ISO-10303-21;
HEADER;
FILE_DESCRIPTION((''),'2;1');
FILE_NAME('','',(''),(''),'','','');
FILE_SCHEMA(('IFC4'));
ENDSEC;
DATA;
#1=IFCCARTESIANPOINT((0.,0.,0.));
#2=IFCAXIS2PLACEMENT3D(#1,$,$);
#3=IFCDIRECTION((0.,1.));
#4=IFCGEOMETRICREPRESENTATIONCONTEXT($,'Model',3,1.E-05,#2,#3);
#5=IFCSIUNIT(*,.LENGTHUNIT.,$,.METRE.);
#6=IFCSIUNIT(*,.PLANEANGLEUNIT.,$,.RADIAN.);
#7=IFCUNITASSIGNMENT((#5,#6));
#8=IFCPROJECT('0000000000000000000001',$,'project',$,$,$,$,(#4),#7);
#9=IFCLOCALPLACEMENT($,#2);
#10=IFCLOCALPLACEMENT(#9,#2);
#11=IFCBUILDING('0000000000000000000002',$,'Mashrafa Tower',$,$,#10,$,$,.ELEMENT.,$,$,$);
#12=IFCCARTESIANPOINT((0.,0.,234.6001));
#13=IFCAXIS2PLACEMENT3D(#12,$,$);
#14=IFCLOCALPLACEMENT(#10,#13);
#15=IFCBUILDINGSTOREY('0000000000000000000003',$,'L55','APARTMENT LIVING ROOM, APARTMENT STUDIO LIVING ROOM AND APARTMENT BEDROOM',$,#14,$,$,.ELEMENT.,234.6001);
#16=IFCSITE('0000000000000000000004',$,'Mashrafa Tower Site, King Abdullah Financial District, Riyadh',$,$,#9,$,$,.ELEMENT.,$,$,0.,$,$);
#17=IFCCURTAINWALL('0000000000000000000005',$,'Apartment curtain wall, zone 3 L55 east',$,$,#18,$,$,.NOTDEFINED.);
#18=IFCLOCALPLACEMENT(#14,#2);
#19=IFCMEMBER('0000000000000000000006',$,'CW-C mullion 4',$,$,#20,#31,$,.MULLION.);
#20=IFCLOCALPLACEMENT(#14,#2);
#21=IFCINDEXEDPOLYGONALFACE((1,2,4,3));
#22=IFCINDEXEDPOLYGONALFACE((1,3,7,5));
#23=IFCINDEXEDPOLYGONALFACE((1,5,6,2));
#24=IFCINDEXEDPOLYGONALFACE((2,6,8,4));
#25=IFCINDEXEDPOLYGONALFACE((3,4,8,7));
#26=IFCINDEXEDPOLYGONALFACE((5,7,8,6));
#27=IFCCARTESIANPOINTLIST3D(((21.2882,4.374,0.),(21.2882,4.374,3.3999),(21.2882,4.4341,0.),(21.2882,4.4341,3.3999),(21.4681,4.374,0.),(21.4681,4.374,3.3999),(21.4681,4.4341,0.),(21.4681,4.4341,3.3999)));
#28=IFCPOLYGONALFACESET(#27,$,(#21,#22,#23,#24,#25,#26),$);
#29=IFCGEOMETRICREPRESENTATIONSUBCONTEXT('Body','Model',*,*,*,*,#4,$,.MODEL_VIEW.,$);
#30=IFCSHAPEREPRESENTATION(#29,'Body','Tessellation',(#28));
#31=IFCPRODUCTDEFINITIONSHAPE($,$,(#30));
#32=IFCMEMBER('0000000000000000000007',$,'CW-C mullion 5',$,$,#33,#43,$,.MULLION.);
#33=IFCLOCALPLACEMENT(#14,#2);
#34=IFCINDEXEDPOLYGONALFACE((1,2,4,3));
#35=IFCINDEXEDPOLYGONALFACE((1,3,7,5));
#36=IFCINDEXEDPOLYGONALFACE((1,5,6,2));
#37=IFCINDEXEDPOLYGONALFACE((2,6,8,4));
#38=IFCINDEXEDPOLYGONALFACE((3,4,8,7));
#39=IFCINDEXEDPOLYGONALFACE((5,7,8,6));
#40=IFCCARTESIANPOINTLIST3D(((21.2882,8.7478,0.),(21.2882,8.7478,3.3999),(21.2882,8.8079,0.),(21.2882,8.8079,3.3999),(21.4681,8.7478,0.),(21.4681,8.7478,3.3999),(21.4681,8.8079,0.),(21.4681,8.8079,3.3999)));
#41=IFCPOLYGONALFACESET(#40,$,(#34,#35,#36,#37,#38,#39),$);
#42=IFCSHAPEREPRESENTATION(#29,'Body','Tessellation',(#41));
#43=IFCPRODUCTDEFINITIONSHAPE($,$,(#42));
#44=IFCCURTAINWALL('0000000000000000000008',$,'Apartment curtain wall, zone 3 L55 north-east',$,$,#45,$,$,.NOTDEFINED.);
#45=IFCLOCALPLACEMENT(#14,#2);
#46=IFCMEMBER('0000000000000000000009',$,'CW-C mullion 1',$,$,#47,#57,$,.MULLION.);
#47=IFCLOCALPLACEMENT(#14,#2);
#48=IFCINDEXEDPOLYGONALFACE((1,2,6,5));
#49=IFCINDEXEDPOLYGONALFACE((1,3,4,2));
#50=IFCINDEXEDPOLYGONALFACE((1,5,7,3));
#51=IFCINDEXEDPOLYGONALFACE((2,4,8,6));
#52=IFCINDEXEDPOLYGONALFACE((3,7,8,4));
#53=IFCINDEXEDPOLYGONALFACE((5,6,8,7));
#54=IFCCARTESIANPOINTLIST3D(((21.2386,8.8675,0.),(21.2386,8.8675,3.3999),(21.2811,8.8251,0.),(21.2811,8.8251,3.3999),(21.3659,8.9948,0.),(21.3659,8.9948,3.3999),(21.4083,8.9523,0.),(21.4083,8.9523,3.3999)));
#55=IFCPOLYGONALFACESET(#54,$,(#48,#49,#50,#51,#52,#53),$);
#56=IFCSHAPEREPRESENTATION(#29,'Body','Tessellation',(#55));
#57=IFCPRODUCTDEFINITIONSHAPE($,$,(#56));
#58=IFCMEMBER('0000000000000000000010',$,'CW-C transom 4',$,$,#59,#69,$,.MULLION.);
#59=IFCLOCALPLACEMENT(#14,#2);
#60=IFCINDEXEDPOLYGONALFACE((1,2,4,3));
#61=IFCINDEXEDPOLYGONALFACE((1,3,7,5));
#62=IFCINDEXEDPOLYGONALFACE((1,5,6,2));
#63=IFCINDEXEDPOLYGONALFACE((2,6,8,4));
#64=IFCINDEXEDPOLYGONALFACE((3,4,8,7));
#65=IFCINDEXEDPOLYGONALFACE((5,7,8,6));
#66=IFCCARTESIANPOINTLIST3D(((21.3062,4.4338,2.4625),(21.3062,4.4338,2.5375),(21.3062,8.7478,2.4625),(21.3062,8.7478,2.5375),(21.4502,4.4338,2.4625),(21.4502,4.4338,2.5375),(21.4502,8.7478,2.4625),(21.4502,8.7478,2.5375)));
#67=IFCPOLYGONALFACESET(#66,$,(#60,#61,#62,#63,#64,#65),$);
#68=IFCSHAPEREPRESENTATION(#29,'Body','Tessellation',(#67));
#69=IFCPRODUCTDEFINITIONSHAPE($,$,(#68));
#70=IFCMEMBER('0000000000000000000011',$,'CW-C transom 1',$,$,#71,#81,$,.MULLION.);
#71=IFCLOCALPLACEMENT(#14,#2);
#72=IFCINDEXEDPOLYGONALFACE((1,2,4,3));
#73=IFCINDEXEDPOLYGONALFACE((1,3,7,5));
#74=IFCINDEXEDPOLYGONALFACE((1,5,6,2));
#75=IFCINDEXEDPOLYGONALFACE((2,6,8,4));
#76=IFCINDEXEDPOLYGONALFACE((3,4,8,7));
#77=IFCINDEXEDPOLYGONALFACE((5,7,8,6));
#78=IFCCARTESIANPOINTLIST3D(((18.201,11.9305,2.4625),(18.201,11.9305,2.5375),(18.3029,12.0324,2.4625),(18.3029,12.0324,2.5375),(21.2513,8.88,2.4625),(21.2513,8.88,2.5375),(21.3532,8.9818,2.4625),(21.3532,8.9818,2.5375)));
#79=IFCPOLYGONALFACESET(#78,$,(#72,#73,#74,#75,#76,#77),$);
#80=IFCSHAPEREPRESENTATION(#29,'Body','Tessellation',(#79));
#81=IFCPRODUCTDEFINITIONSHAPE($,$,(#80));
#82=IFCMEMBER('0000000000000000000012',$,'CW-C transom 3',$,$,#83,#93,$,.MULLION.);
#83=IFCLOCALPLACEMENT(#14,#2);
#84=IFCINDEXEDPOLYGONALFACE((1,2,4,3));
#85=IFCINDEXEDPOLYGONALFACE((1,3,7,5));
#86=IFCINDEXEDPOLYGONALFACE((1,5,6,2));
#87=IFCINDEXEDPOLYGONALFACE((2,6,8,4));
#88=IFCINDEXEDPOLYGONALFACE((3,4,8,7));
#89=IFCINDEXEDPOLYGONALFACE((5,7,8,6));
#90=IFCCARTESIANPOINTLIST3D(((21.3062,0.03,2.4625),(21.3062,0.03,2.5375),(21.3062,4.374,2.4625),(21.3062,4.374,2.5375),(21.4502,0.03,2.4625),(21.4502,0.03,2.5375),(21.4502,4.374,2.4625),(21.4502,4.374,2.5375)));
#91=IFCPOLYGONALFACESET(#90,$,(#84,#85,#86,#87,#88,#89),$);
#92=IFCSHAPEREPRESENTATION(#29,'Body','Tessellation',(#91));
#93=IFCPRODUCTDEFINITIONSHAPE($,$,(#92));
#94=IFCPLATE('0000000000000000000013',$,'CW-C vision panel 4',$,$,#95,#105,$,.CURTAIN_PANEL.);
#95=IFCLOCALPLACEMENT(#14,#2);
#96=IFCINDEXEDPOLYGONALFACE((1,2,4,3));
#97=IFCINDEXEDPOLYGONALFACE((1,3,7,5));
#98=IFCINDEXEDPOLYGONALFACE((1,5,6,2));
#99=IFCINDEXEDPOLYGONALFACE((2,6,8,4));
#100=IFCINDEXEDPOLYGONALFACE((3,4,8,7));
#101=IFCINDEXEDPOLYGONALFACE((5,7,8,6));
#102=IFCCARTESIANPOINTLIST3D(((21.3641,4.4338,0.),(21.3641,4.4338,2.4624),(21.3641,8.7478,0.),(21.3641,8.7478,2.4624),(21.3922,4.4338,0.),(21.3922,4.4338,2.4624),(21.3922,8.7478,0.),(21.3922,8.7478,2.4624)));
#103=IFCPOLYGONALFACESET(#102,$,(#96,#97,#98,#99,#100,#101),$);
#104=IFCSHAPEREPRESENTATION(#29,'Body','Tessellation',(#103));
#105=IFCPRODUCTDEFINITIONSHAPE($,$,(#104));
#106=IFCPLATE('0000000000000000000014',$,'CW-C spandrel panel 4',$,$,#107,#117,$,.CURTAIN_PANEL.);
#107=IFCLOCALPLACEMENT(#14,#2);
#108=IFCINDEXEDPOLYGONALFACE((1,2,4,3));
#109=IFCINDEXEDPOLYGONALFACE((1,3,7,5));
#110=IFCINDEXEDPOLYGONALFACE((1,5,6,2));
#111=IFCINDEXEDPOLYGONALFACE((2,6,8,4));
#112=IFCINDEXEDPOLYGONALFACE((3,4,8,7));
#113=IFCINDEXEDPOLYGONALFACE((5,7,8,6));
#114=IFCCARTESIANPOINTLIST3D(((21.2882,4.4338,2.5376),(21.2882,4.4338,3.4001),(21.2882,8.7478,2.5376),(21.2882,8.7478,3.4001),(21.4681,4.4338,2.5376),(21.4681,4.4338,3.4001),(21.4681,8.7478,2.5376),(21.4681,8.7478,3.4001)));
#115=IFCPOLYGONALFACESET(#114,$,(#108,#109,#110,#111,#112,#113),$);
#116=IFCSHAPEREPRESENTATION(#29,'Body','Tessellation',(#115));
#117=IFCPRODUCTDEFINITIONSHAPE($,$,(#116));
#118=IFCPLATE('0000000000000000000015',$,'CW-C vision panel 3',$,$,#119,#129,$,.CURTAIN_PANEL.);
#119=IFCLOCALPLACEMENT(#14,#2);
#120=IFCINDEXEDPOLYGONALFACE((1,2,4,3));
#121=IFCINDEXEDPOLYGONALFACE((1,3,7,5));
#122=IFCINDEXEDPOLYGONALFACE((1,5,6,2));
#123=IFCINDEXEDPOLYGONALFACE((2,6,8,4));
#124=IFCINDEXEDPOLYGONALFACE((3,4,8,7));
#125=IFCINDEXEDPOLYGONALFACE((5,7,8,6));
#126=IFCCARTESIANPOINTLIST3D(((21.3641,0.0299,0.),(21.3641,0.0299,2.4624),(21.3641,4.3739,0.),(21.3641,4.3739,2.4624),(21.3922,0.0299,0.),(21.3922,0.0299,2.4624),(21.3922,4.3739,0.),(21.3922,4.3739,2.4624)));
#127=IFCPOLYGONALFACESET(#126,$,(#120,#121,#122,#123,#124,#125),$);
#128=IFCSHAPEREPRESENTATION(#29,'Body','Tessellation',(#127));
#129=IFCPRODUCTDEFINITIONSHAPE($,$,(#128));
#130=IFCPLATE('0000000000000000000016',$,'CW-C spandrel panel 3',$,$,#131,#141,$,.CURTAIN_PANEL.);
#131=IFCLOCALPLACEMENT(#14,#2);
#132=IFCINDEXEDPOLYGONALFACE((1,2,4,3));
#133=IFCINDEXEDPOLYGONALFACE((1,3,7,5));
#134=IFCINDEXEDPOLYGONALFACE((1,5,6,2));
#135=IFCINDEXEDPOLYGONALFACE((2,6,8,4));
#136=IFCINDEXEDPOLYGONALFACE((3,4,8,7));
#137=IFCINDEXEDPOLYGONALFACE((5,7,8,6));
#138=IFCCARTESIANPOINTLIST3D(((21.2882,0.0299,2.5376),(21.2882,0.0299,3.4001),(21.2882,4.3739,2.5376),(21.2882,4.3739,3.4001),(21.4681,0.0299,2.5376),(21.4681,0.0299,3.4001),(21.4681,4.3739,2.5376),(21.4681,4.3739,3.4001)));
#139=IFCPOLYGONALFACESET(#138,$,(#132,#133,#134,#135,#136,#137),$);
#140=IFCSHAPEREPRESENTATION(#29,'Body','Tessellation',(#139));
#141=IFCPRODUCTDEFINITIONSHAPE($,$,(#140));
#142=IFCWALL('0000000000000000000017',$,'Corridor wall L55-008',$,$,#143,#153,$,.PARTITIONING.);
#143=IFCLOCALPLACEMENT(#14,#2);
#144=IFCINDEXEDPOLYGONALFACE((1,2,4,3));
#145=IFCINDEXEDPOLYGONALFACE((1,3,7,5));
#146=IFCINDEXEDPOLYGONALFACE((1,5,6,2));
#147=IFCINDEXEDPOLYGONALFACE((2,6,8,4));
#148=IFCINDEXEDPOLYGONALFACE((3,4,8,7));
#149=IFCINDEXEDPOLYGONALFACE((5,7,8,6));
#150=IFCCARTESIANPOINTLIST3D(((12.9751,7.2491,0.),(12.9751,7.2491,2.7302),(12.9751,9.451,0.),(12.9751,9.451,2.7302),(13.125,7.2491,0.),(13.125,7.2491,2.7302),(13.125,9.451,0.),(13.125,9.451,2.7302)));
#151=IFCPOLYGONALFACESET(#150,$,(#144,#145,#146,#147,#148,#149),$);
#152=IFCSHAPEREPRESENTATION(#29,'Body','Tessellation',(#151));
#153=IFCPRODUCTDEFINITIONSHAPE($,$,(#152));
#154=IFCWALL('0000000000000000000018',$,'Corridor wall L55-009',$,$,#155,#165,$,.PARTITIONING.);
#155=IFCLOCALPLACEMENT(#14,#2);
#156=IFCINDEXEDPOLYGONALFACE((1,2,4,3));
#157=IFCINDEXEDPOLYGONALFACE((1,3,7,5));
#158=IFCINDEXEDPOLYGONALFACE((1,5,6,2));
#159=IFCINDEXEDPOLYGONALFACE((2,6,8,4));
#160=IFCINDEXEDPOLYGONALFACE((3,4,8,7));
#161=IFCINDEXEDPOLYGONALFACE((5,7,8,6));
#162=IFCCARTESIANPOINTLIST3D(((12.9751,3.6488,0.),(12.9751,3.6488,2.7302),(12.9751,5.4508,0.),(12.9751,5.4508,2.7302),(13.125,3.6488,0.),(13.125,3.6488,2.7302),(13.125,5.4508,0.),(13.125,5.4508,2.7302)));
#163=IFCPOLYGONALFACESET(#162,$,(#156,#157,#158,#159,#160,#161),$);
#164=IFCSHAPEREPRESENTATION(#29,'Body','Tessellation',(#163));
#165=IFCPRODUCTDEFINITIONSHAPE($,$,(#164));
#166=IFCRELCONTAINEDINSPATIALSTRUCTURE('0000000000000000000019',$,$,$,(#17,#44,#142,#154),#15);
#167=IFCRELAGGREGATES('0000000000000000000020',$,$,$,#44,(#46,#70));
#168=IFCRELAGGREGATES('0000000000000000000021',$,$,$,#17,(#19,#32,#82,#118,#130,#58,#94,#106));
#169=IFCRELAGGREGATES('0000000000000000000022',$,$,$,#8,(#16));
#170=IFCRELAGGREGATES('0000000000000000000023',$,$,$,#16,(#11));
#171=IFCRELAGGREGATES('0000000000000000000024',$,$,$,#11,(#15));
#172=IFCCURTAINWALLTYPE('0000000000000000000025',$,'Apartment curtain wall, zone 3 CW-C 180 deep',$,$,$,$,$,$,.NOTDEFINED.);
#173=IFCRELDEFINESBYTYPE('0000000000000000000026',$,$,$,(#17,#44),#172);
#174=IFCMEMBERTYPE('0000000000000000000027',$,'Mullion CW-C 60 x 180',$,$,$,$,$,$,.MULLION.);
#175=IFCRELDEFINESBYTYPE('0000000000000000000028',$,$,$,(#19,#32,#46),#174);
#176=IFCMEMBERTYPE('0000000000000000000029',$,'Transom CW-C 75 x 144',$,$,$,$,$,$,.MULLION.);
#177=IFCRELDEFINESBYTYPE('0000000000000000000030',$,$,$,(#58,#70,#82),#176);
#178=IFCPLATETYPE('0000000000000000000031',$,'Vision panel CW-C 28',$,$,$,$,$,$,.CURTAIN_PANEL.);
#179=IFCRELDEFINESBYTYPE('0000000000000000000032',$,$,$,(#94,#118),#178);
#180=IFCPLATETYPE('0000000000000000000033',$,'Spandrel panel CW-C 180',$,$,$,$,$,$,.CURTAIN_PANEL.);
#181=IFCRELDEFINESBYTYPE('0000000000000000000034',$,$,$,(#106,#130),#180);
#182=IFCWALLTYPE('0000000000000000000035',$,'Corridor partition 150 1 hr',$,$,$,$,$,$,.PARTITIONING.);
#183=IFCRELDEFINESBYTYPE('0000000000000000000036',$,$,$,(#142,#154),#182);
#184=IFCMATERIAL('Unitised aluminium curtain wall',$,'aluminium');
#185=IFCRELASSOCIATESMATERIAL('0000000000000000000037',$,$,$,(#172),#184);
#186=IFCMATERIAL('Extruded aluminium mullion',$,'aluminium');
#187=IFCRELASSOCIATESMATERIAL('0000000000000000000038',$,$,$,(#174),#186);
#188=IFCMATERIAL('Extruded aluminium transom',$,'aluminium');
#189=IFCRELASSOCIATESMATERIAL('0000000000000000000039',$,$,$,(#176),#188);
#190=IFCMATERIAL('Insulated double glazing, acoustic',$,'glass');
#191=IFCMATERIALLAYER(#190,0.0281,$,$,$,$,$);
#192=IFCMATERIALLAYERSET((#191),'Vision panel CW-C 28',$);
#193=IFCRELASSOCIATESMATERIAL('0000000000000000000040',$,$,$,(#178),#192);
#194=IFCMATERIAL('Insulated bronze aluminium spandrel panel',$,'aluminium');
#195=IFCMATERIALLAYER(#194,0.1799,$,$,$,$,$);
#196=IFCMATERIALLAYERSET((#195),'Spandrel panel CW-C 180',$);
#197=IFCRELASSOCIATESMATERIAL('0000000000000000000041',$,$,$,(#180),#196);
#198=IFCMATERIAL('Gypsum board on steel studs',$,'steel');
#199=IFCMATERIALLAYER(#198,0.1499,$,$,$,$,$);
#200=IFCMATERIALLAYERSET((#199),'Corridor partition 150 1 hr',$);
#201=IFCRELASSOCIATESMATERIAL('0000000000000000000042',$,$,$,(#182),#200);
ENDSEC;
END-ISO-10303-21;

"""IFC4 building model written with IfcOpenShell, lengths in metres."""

from ifc_helpers import new_model, si_unit, direction, frame, frame_2d, origin, origin_2d, place, context, subcontext, project, spatial, rectangle, extrude, source, transform, mapped, material, layer, layer_set, material_profile, profile_set, type_object, type_shapes, element, aggregate, save


model = new_model("IFC4")

# Units and contexts
model_context = context("Model", 3, precision=1e-05, world=origin(), true_north=direction((0.0, 1.0)))
body_context = subcontext(model_context, "Body", "Model", "MODEL_VIEW")
ifc_project = project(units=[si_unit("LENGTHUNIT", "METRE"), si_unit("PLANEANGLEUNIT", "RADIAN")], contexts=[model_context])

# Site, building, storey
site_placement = place(None, origin())
site = spatial("IfcSite", under=ifc_project, at=site_placement, Name="Mashrafa Tower Site, King Abdullah Financial District, Riyadh", CompositionType="ELEMENT", RefElevation=0.0)
building_placement = place(site_placement, origin())
building = spatial("IfcBuilding", under=site, at=building_placement, Name="Mashrafa Tower", CompositionType="ELEMENT")
storey_placement = place(building_placement, frame((0.0, 0.0, 234.6001)))
storey = spatial("IfcBuildingStorey", under=building, at=storey_placement, Name="L55", Description="APARTMENT LIVING ROOM, APARTMENT STUDIO LIVING ROOM AND APARTMENT BEDROOM", CompositionType="ELEMENT", Elevation=234.6001)

# Curtain wall, members
ifc_material_1 = material(Name="Unitised aluminium curtain wall", Category="aluminium")
curtain_wall_type = type_object("IfcCurtainWallType", Name="Apartment curtain wall, zone 3 CW-C 180 deep", PredefinedType="NOTDEFINED", material=ifc_material_1)
curtain_wall_1_placement = place(storey_placement, origin())
curtain_wall_1 = element("IfcCurtainWall", 1, at=curtain_wall_1_placement, inside=storey, type_object=curtain_wall_type, Name="Apartment curtain wall, zone 3 L55 east", PredefinedType="NOTDEFINED")
ifc_material_2 = material(Name="Extruded aluminium mullion", Category="aluminium")
ifc_material_profile_1 = material_profile(ifc_material_2, rectangle(XDim=0.1799, YDim=0.0601, at=origin_2d()), Name="Mullion 60x180")
ifc_profile_set_1 = profile_set([ifc_material_profile_1], Name="Extruded aluminium mullion")
member_type_1 = type_object("IfcMemberType", Name="Mullion CW-C 60 x 180", PredefinedType="MULLION", material=ifc_profile_set_1)
shared_shape_1 = source(origin(), body_context, "Body", "SweptSolid", [
    extrude(rectangle(XDim=0.1799, YDim=0.0601, at=origin_2d()), origin(), (0.0, 0.0, 1.0), 3.3999),
])
type_shapes(member_type_1, [shared_shape_1])
member_1_placement = place(storey_placement, frame((21.3782, 4.4041, 0.0), z_axis=(0.0, 0.0, 1.0), x_axis=(-1.0, 0.0, 0.0)))
member_1 = element("IfcMember", 2, at=member_1_placement, type_object=member_type_1, Name="CW-C mullion 4", PredefinedType="MULLION", context=body_context, shape_type="MappedRepresentation", body=[
    mapped(shared_shape_1, transform((0.0, 0.0, 0.0))),
])
member_2_placement = place(storey_placement, frame((21.3782, 8.7778, 0.0), z_axis=(0.0, 0.0, 1.0), x_axis=(-1.0, 0.0, 0.0)))
member_2 = element("IfcMember", 3, at=member_2_placement, type_object=member_type_1, Name="CW-C mullion 5", PredefinedType="MULLION", context=body_context, shape_type="MappedRepresentation", body=[
    mapped(shared_shape_1, transform((0.0, 0.0, 0.0))),
])

# Curtain wall, member
curtain_wall_2_placement = place(storey_placement, origin())
curtain_wall_2 = element("IfcCurtainWall", 4, at=curtain_wall_2_placement, inside=storey, type_object=curtain_wall_type, Name="Apartment curtain wall, zone 3 L55 north-east", PredefinedType="NOTDEFINED")
member_3_placement = place(storey_placement, frame((21.3235, 8.9099, 0.0), z_axis=(0.0, 0.0, 1.0), x_axis=(-0.707107, -0.707107, 0.0)))
member_3 = element("IfcMember", 5, at=member_3_placement, type_object=member_type_1, Name="CW-C mullion 1", PredefinedType="MULLION", context=body_context, shape_type="MappedRepresentation", body=[
    mapped(shared_shape_1, transform((0.0, 0.0, 0.0))),
])

# Members
ifc_material_3 = material(Name="Extruded aluminium transom", Category="aluminium")
ifc_material_profile_2 = material_profile(ifc_material_3, rectangle(XDim=0.144, YDim=0.075, at=origin_2d()), Name="Transom 75x144")
ifc_profile_set_2 = profile_set([ifc_material_profile_2], Name="Extruded aluminium transom")
member_type_2 = type_object("IfcMemberType", Name="Transom CW-C 75 x 144", PredefinedType="MULLION", material=ifc_profile_set_2)
shared_shape_2 = source(origin(), body_context, "Body", "SweptSolid", [
    extrude(rectangle(XDim=0.144, YDim=0.075, at=origin_2d()), origin(), (0.0, 0.0, 1.0), 4.314),
])
member_4_placement = place(storey_placement, frame((21.3782, 4.4338, 2.5), z_axis=(0.0, 1.0, 0.0), x_axis=(-1.0, 0.0, 0.0)))
member_4 = element("IfcMember", 6, at=member_4_placement, type_object=member_type_2, Name="CW-C transom 4", PredefinedType="MULLION", context=body_context, shape_type="MappedRepresentation", body=[
    mapped(shared_shape_2, transform((0.0, 0.0, 0.0))),
])
member_5_placement = place(storey_placement, frame((21.3022, 8.9309, 2.5), z_axis=(-0.707078, 0.707135, 0.0), x_axis=(-0.707135, -0.707078, 0.0)))
member_5 = element("IfcMember", 7, at=member_5_placement, type_object=member_type_2, Name="CW-C transom 1", PredefinedType="MULLION", context=body_context, shape_type="MappedRepresentation", body=[
    mapped(shared_shape_2, transform((0.0, 0.0, 0.0))),
])
aggregate(curtain_wall_2, [member_3, member_5])
shared_shape_3 = source(origin(), body_context, "Body", "SweptSolid", [
    extrude(rectangle(XDim=0.144, YDim=0.075, at=origin_2d()), origin(), (0.0, 0.0, 1.0), 4.344),
])
type_shapes(member_type_2, [shared_shape_2, shared_shape_3])
member_6_placement = place(storey_placement, frame((21.3782, 0.03, 2.5), z_axis=(0.0, 1.0, 0.0), x_axis=(-1.0, 0.0, 0.0)))
member_6 = element("IfcMember", 8, at=member_6_placement, type_object=member_type_2, Name="CW-C transom 3", PredefinedType="MULLION", context=body_context, shape_type="MappedRepresentation", body=[
    mapped(shared_shape_3, transform((0.0, 0.0, 0.0))),
])

# Plates
ifc_material_4 = material(Name="Insulated double glazing, acoustic", Category="glass")
ifc_layer_1 = layer(ifc_material_4, 0.0281)
ifc_layer_set_1 = layer_set([ifc_layer_1], Name="Vision panel CW-C 28")
plate_type_1 = type_object("IfcPlateType", Name="Vision panel CW-C 28", PredefinedType="CURTAIN_PANEL", material=ifc_layer_set_1)
shared_shape_4 = source(origin(), body_context, "Body", "SweptSolid", [
    extrude(rectangle(XDim=4.314, YDim=0.0281, at=origin_2d()), origin(), (0.0, 0.0, 1.0), 2.4624),
])
plate_1_placement = place(storey_placement, frame((21.3782, 6.5908, 0.0), z_axis=(0.0, 0.0, 1.0), x_axis=(0.0, 1.0, 0.0)))
plate_1 = element("IfcPlate", 9, at=plate_1_placement, type_object=plate_type_1, Name="CW-C vision panel 4", PredefinedType="CURTAIN_PANEL", context=body_context, shape_type="MappedRepresentation", body=[
    mapped(shared_shape_4, transform((0.0, 0.0, 0.0))),
])
ifc_material_5 = material(Name="Insulated bronze aluminium spandrel panel", Category="aluminium")
ifc_layer_2 = layer(ifc_material_5, 0.1799)
ifc_layer_set_2 = layer_set([ifc_layer_2], Name="Spandrel panel CW-C 180")
plate_type_2 = type_object("IfcPlateType", Name="Spandrel panel CW-C 180", PredefinedType="CURTAIN_PANEL", material=ifc_layer_set_2)
shared_shape_5 = source(origin(), body_context, "Body", "SweptSolid", [
    extrude(rectangle(XDim=4.314, YDim=0.1799, at=origin_2d()), origin(), (0.0, 0.0, 1.0), 0.8625),
])
plate_2_placement = place(storey_placement, frame((21.3782, 6.5908, 2.5376), z_axis=(0.0, 0.0, 1.0), x_axis=(0.0, 1.0, 0.0)))
plate_2 = element("IfcPlate", 10, at=plate_2_placement, type_object=plate_type_2, Name="CW-C spandrel panel 4", PredefinedType="CURTAIN_PANEL", context=body_context, shape_type="MappedRepresentation", body=[
    mapped(shared_shape_5, transform((0.0, 0.0, 0.0))),
])
shared_shape_6 = source(origin(), body_context, "Body", "SweptSolid", [
    extrude(rectangle(XDim=4.344, YDim=0.0281, at=origin_2d()), origin(), (0.0, 0.0, 1.0), 2.4624),
])
type_shapes(plate_type_1, [shared_shape_4, shared_shape_6])
plate_3_placement = place(storey_placement, frame((21.3782, 2.2019, 0.0), z_axis=(0.0, 0.0, 1.0), x_axis=(0.0, 1.0, 0.0)))
plate_3 = element("IfcPlate", 11, at=plate_3_placement, type_object=plate_type_1, Name="CW-C vision panel 3", PredefinedType="CURTAIN_PANEL", context=body_context, shape_type="MappedRepresentation", body=[
    mapped(shared_shape_6, transform((0.0, 0.0, 0.0))),
])
shared_shape_7 = source(origin(), body_context, "Body", "SweptSolid", [
    extrude(rectangle(XDim=4.344, YDim=0.1799, at=origin_2d()), origin(), (0.0, 0.0, 1.0), 0.8625),
])
type_shapes(plate_type_2, [shared_shape_5, shared_shape_7])
plate_4_placement = place(storey_placement, frame((21.3782, 2.2019, 2.5376), z_axis=(0.0, 0.0, 1.0), x_axis=(0.0, 1.0, 0.0)))
plate_4 = element("IfcPlate", 12, at=plate_4_placement, type_object=plate_type_2, Name="CW-C spandrel panel 3", PredefinedType="CURTAIN_PANEL", context=body_context, shape_type="MappedRepresentation", body=[
    mapped(shared_shape_7, transform((0.0, 0.0, 0.0))),
])
aggregate(curtain_wall_1, [member_1, member_2, member_6, plate_3, plate_4, member_4, plate_1, plate_2])

# Walls
ifc_material_6 = material(Name="Gypsum board on steel studs", Category="steel")
ifc_layer_3 = layer(ifc_material_6, 0.1499)
ifc_layer_set_3 = layer_set([ifc_layer_3], Name="Corridor partition 150 1 hr")
wall_type_1 = type_object("IfcWallType", Name="Corridor partition 150 1 hr", PredefinedType="PARTITIONING", material=ifc_layer_set_3)
wall_1_placement = place(storey_placement, frame((13.05, 7.249, 0.0), z_axis=(0.0, 0.0, 1.0), x_axis=(0.0, 1.0, 0.0)))
element("IfcWall", 13, at=wall_1_placement, inside=storey, type_object=wall_type_1, Name="Corridor wall L55-008", PredefinedType="PARTITIONING", context=body_context, shape_type="SweptSolid", body=[
    extrude(rectangle(XDim=2.2019, YDim=0.1499, at=frame_2d((1.1011, 0.0))), origin(), (0.0, 0.0, 1.0), 2.7302),
])
wall_2_placement = place(storey_placement, frame((13.05, 3.6489, 0.0), z_axis=(0.0, 0.0, 1.0), x_axis=(0.0, 1.0, 0.0)))
element("IfcWall", 14, at=wall_2_placement, inside=storey, type_object=wall_type_1, Name="Corridor wall L55-009", PredefinedType="PARTITIONING", context=body_context, shape_type="SweptSolid", body=[
    extrude(rectangle(XDim=1.802, YDim=0.1499, at=frame_2d((0.9009, 0.0))), origin(), (0.0, 0.0, 1.0), 2.7302),
])

save(model, "model.ifc")
